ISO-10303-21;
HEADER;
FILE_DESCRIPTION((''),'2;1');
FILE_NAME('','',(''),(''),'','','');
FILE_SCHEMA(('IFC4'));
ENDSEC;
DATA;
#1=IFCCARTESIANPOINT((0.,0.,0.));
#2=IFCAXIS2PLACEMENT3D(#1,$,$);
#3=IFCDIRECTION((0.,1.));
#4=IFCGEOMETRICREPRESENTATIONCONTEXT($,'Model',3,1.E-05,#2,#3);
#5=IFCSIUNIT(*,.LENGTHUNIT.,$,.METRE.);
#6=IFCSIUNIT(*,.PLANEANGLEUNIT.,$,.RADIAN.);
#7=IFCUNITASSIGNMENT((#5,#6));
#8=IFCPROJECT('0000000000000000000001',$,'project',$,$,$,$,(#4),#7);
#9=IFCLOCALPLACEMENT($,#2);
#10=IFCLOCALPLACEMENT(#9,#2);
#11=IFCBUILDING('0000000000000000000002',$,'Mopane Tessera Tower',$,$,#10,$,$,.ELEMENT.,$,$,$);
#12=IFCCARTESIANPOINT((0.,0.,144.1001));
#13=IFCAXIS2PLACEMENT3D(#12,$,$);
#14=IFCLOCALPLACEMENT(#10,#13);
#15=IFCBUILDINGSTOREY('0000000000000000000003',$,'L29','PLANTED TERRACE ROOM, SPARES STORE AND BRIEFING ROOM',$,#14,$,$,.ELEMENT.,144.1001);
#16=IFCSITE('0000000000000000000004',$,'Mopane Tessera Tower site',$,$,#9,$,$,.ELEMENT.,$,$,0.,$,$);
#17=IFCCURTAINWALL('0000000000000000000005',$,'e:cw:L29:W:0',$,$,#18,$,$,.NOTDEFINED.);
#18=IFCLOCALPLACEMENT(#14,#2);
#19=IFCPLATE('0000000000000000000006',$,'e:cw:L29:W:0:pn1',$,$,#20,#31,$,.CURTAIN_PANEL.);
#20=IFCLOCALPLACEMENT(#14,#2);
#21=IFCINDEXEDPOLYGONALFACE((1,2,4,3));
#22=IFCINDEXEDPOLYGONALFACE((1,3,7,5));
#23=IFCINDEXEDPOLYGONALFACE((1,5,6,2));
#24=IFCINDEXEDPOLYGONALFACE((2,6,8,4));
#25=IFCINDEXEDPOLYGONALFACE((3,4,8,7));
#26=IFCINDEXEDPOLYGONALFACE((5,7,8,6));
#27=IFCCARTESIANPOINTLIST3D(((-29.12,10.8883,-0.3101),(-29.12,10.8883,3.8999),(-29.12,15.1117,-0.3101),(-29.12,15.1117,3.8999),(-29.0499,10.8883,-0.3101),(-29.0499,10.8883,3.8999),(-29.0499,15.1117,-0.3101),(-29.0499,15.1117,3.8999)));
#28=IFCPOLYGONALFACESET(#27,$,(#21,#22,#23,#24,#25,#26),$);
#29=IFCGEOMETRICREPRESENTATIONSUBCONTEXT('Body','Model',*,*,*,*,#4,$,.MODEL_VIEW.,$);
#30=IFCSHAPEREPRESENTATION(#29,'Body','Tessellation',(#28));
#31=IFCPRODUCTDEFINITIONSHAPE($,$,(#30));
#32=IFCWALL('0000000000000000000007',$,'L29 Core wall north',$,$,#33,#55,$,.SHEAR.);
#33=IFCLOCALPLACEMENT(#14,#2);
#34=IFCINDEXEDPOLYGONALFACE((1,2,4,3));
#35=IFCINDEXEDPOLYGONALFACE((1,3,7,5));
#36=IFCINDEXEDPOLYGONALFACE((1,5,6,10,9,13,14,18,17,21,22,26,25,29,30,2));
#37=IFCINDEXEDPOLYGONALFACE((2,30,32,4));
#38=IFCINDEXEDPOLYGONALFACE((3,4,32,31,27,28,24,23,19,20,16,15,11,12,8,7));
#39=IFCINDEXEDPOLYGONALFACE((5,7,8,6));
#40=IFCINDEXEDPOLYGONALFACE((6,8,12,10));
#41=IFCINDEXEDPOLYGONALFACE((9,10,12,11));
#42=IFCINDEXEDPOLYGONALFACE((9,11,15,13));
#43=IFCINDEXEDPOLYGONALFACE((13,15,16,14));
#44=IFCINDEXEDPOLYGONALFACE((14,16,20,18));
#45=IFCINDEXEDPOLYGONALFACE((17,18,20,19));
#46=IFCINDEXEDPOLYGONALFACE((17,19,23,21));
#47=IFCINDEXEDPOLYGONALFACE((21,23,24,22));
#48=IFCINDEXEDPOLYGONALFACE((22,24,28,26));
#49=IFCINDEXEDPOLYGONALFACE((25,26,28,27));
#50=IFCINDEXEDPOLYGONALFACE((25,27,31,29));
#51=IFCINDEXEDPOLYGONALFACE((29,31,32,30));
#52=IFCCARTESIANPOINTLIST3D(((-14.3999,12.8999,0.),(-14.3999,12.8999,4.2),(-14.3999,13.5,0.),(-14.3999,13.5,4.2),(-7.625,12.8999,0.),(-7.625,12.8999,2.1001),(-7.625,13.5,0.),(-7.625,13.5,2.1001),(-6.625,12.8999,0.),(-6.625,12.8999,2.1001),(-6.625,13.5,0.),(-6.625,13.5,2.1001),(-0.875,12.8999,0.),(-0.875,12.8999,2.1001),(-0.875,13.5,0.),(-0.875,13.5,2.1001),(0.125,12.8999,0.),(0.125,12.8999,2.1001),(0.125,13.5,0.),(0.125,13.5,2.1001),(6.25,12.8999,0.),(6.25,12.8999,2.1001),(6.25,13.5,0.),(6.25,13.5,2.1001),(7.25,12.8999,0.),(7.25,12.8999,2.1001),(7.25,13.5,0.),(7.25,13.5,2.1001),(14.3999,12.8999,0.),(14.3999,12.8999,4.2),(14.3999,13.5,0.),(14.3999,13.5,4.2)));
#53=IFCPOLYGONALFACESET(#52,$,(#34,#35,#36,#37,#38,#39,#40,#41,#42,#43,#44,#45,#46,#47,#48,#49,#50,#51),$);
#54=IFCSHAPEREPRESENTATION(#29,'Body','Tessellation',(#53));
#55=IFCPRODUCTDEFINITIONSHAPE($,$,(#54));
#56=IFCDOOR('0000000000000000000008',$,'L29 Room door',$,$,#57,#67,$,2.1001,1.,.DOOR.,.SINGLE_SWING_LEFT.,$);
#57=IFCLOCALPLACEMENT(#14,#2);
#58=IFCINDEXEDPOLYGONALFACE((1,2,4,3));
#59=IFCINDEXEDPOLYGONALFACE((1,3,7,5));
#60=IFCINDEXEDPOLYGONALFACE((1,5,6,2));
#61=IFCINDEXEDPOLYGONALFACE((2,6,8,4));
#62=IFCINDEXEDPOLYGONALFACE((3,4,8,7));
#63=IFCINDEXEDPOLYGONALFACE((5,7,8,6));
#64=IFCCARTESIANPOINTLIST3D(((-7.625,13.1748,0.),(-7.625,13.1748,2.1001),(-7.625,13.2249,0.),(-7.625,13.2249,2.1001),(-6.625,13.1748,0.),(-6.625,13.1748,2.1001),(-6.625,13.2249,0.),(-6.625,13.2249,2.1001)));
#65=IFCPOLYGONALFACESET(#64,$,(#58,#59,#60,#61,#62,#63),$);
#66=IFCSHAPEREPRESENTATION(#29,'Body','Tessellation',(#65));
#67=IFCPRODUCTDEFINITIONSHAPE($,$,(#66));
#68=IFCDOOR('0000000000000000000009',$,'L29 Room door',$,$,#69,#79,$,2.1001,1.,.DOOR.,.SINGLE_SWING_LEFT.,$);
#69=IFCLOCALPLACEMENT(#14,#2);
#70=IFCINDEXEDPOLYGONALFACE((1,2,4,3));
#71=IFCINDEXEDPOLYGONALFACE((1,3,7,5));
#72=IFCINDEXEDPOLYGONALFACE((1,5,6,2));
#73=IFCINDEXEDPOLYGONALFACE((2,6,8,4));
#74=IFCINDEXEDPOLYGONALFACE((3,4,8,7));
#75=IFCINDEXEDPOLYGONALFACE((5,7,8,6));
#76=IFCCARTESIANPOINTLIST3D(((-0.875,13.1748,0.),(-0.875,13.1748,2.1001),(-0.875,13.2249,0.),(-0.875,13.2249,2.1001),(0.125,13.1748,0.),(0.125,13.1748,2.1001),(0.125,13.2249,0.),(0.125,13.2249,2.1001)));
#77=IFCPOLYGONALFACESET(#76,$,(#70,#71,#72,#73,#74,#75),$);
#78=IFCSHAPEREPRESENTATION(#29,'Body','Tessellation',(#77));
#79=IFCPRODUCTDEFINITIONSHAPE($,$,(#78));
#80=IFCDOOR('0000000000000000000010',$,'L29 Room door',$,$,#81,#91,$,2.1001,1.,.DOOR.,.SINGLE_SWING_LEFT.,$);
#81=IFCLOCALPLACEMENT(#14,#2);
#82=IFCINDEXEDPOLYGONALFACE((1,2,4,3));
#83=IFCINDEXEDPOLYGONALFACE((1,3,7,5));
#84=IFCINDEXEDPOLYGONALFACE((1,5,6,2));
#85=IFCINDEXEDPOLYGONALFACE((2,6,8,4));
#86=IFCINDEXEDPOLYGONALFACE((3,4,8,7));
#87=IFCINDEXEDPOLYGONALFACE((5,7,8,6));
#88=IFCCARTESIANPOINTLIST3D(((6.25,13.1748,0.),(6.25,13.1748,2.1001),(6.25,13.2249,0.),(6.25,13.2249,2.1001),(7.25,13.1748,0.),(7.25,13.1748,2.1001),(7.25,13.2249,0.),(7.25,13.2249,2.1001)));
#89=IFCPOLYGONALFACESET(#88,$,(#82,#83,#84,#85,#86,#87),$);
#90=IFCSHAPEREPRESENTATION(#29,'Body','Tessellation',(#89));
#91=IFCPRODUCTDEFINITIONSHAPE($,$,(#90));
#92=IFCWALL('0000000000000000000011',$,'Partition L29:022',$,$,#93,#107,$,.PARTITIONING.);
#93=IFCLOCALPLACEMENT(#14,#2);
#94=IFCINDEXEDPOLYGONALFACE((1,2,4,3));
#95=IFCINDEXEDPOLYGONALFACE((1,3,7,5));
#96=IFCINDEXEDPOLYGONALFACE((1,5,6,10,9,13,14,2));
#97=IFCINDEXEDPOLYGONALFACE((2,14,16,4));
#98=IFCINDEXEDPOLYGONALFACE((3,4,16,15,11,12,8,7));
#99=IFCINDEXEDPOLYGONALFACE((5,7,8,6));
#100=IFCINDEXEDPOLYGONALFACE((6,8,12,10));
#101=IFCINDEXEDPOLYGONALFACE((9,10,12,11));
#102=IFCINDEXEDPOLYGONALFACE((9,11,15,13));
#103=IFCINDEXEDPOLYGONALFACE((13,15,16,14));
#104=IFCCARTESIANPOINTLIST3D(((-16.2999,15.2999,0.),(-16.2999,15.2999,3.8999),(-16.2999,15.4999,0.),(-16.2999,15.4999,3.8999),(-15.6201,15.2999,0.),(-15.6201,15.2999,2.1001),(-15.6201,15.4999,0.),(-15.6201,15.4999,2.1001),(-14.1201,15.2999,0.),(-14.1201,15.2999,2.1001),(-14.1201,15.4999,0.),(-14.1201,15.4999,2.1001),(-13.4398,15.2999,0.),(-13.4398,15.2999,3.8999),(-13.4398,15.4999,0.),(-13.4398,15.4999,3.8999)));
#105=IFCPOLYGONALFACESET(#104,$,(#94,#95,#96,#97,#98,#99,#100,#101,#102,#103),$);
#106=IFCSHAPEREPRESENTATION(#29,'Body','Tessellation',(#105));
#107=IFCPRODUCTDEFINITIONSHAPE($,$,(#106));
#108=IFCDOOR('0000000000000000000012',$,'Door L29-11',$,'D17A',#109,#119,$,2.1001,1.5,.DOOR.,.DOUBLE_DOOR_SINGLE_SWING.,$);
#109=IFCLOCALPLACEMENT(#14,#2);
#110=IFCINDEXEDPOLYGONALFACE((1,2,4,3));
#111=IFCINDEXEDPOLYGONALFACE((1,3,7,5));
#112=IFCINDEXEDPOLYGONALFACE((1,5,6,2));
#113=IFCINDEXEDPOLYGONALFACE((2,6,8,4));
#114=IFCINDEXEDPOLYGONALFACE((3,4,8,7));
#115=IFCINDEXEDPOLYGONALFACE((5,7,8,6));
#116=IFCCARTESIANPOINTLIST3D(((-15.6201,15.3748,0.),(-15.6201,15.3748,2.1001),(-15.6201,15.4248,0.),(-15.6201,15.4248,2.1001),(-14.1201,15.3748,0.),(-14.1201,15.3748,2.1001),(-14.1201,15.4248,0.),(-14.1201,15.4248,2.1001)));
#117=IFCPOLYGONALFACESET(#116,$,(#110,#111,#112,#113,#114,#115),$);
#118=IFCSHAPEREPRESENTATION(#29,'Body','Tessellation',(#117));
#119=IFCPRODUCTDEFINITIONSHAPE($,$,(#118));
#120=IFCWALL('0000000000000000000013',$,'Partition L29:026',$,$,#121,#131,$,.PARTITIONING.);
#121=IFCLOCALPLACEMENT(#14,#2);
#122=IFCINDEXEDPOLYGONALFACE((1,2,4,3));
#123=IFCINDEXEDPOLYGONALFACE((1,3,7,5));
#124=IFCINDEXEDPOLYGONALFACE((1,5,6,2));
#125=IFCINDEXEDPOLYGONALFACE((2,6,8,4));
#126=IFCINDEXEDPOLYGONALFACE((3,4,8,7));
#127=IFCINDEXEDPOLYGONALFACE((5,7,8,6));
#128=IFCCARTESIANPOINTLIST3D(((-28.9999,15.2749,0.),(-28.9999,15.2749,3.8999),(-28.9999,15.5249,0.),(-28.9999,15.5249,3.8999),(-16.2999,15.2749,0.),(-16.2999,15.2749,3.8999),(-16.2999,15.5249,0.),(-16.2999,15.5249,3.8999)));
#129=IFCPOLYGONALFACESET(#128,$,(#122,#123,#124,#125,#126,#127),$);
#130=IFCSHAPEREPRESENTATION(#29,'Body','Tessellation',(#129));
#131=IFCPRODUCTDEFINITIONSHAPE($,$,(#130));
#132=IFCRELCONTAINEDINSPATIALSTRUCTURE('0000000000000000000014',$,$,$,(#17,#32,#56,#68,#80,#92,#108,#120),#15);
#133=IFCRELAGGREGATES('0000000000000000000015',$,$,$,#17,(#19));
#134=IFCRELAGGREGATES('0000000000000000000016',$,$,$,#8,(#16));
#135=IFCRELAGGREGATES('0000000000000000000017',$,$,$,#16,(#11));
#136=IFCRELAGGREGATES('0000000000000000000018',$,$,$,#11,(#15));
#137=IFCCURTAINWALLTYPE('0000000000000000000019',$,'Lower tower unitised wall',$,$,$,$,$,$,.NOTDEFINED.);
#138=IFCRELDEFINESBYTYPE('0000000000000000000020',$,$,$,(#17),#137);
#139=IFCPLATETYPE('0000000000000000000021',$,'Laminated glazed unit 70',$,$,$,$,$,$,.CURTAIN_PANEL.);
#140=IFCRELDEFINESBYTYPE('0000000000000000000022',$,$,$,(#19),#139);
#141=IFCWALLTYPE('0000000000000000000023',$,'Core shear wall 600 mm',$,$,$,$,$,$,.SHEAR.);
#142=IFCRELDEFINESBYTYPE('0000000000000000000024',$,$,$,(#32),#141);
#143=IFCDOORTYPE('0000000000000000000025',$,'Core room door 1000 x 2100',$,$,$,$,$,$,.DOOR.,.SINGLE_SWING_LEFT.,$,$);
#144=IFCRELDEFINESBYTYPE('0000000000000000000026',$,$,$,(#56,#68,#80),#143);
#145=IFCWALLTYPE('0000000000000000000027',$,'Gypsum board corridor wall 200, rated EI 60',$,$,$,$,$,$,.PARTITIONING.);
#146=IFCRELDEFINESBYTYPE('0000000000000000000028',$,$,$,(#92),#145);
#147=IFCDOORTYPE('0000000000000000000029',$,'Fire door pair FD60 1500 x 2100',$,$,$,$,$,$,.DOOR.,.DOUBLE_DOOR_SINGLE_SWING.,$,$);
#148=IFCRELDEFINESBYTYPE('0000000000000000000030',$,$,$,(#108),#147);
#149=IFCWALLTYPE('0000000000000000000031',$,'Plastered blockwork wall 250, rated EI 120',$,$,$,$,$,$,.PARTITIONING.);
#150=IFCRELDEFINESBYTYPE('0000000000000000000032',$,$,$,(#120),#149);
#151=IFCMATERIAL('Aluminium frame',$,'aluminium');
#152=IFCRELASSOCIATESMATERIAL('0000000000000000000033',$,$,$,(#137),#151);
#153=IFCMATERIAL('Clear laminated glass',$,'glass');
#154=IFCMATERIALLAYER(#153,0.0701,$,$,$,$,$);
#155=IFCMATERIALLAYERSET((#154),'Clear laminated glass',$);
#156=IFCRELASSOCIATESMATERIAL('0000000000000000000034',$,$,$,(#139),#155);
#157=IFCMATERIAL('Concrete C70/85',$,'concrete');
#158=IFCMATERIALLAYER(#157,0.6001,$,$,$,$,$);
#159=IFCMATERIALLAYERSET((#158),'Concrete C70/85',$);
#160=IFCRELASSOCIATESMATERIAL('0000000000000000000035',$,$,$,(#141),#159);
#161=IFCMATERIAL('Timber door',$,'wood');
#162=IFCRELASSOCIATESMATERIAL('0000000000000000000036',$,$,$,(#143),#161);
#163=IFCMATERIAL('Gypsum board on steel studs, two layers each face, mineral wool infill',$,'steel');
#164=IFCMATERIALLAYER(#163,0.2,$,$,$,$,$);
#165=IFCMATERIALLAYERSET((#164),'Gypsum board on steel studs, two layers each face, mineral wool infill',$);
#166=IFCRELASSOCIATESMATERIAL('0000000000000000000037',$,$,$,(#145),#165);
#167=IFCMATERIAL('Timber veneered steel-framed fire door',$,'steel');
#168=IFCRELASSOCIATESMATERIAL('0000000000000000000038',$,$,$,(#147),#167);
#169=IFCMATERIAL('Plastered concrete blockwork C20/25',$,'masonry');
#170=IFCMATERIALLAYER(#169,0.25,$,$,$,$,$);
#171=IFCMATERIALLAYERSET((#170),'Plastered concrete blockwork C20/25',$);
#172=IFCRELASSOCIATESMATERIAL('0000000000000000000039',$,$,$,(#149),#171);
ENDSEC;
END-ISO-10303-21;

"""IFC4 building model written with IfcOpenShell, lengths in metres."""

from ifc_helpers import new_model, si_unit, direction, frame, frame_2d, origin, origin_2d, place, context, subcontext, project, spatial, rectangle, extrude, material, layer, layer_set, type_object, element, fill, aggregate, save


model = new_model("IFC4")

# Units and contexts
model_context = context("Model", 3, precision=1e-05, world=origin(), true_north=direction((0.0, 1.0)))
body_context = subcontext(model_context, "Body", "Model", "MODEL_VIEW")
ifc_project = project(units=[si_unit("LENGTHUNIT", "METRE"), si_unit("PLANEANGLEUNIT", "RADIAN")], contexts=[model_context])

# Site, building, storey
site_placement = place(None, origin())
site = spatial("IfcSite", under=ifc_project, at=site_placement, Name="Mopane Tessera Tower site", CompositionType="ELEMENT", RefElevation=0.0)
building_placement = place(site_placement, origin())
building = spatial("IfcBuilding", under=site, at=building_placement, Name="Mopane Tessera Tower", CompositionType="ELEMENT")
storey_placement = place(building_placement, frame((0.0, 0.0, 144.1001)))
storey = spatial("IfcBuildingStorey", under=building, at=storey_placement, Name="L29", Description="PLANTED TERRACE ROOM, SPARES STORE AND BRIEFING ROOM", CompositionType="ELEMENT", Elevation=144.1001)

# Curtain wall
ifc_material_1 = material(Name="Aluminium frame", Category="aluminium")
curtain_wall_type = type_object("IfcCurtainWallType", Name="Lower tower unitised wall", PredefinedType="NOTDEFINED", material=ifc_material_1)
curtain_wall_1_placement = place(storey_placement, origin())
curtain_wall_1 = element("IfcCurtainWall", 1, at=curtain_wall_1_placement, inside=storey, type_object=curtain_wall_type, Name="e:cw:L29:W:0", PredefinedType="NOTDEFINED")

# Plate
ifc_material_2 = material(Name="Clear laminated glass", Category="glass")
ifc_layer_1 = layer(ifc_material_2, 0.0701)
ifc_layer_set_1 = layer_set([ifc_layer_1], Name="Clear laminated glass")
plate_type = type_object("IfcPlateType", Name="Laminated glazed unit 70", PredefinedType="CURTAIN_PANEL", material=ifc_layer_set_1)
plate_1_placement = place(storey_placement, frame((-29.085, 13.0, -0.3101), z_axis=(0.0, 0.0, 1.0), x_axis=(0.0, -1.0, 0.0)))
plate_1 = element("IfcPlate", 2, at=plate_1_placement, type_object=plate_type, Name="e:cw:L29:W:0:pn1", PredefinedType="CURTAIN_PANEL", context=body_context, shape_type="SweptSolid", body=[
    extrude(rectangle(XDim=4.2234, YDim=0.0701, at=origin_2d()), origin(), (0.0, 0.0, 1.0), 4.21),
])
aggregate(curtain_wall_1, [plate_1])

# Wall, openings, doors
ifc_material_3 = material(Name="Concrete C70/85", Category="concrete")
ifc_layer_2 = layer(ifc_material_3, 0.6001)
ifc_layer_set_2 = layer_set([ifc_layer_2], Name="Concrete C70/85")
wall_type_1 = type_object("IfcWallType", Name="Core shear wall 600 mm", PredefinedType="SHEAR", material=ifc_layer_set_2)
wall_1_placement = place(storey_placement, frame((-14.3999, 13.2, 0.0), z_axis=(0.0, 0.0, 1.0), x_axis=(1.0, 0.0, 0.0)))
wall_1 = element("IfcWall", 3, at=wall_1_placement, inside=storey, type_object=wall_type_1, Name="L29 Core wall north", PredefinedType="SHEAR", context=body_context, shape_type="SweptSolid", body=[
    extrude(rectangle(XDim=28.7998, YDim=0.6001, at=frame_2d((14.3999, 0.0))), origin(), (0.0, 0.0, 1.0), 4.2),
])
opening_1_placement = place(wall_1_placement, frame((6.7749, 0.0, 0.0)))
opening_1 = element("IfcOpeningElement", 4, at=opening_1_placement, cuts=wall_1, PredefinedType="OPENING", context=body_context, shape_type="SweptSolid", body=[
    extrude(rectangle(XDim=1.0, YDim=2.1001, at=frame_2d((0.5, 1.05))), frame((0.0, 0.312, 0.0), z_axis=(0.0, -1.0, 0.0), x_axis=(1.0, 0.0, 0.0)), (0.0, 0.0, 1.0), 0.624),
])
opening_2_placement = place(wall_1_placement, frame((13.5249, 0.0, 0.0)))
opening_2 = element("IfcOpeningElement", 5, at=opening_2_placement, cuts=wall_1, PredefinedType="OPENING", context=body_context, shape_type="SweptSolid", body=[
    extrude(rectangle(XDim=1.0, YDim=2.1001, at=frame_2d((0.5, 1.05))), frame((0.0, 0.312, 0.0), z_axis=(0.0, -1.0, 0.0), x_axis=(1.0, 0.0, 0.0)), (0.0, 0.0, 1.0), 0.624),
])
opening_3_placement = place(wall_1_placement, frame((20.6499, 0.0, 0.0)))
opening_3 = element("IfcOpeningElement", 6, at=opening_3_placement, cuts=wall_1, PredefinedType="OPENING", context=body_context, shape_type="SweptSolid", body=[
    extrude(rectangle(XDim=1.0, YDim=2.1001, at=frame_2d((0.5, 1.05))), frame((0.0, 0.312, 0.0), z_axis=(0.0, -1.0, 0.0), x_axis=(1.0, 0.0, 0.0)), (0.0, 0.0, 1.0), 0.624),
])
ifc_material_4 = material(Name="Timber door", Category="wood")
door_type_1 = type_object("IfcDoorType", Name="Core room door 1000 x 2100", OperationType="SINGLE_SWING_LEFT", PredefinedType="DOOR", material=ifc_material_4)
door_1_placement = place(opening_1_placement, origin())
door_1 = element("IfcDoor", 7, at=door_1_placement, inside=storey, type_object=door_type_1, Name="L29 Room door", OperationType="SINGLE_SWING_LEFT", OverallHeight=2.1001, OverallWidth=1.0, PredefinedType="DOOR", context=body_context, shape_type="SweptSolid", body=[
    extrude(rectangle(XDim=1.0, YDim=2.1001, at=frame_2d((0.5, 1.05))), frame((0.0, 0.0249, 0.0), z_axis=(0.0, -1.0, 0.0), x_axis=(1.0, 0.0, 0.0)), (0.0, 0.0, 1.0), 0.05),
])
fill(opening_1, door_1)
door_2_placement = place(opening_2_placement, origin())
door_2 = element("IfcDoor", 8, at=door_2_placement, inside=storey, type_object=door_type_1, Name="L29 Room door", OperationType="SINGLE_SWING_LEFT", OverallHeight=2.1001, OverallWidth=1.0, PredefinedType="DOOR", context=body_context, shape_type="SweptSolid", body=[
    extrude(rectangle(XDim=1.0, YDim=2.1001, at=frame_2d((0.5, 1.05))), frame((0.0, 0.0249, 0.0), z_axis=(0.0, -1.0, 0.0), x_axis=(1.0, 0.0, 0.0)), (0.0, 0.0, 1.0), 0.05),
])
fill(opening_2, door_2)
door_3_placement = place(opening_3_placement, origin())
door_3 = element("IfcDoor", 9, at=door_3_placement, inside=storey, type_object=door_type_1, Name="L29 Room door", OperationType="SINGLE_SWING_LEFT", OverallHeight=2.1001, OverallWidth=1.0, PredefinedType="DOOR", context=body_context, shape_type="SweptSolid", body=[
    extrude(rectangle(XDim=1.0, YDim=2.1001, at=frame_2d((0.5, 1.05))), frame((0.0, 0.0249, 0.0), z_axis=(0.0, -1.0, 0.0), x_axis=(1.0, 0.0, 0.0)), (0.0, 0.0, 1.0), 0.05),
])
fill(opening_3, door_3)

# Wall, opening, door
ifc_material_5 = material(Name="Gypsum board on steel studs, two layers each face, mineral wool infill", Category="steel")
ifc_layer_3 = layer(ifc_material_5, 0.2)
ifc_layer_set_3 = layer_set([ifc_layer_3], Name="Gypsum board on steel studs, two layers each face, mineral wool infill")
wall_type_2 = type_object("IfcWallType", Name="Gypsum board corridor wall 200, rated EI 60", PredefinedType="PARTITIONING", material=ifc_layer_set_3)
wall_2_placement = place(storey_placement, frame((-16.3, 15.3999, 0.0), z_axis=(0.0, 0.0, 1.0), x_axis=(1.0, 0.0, 0.0)))
wall_2 = element("IfcWall", 10, at=wall_2_placement, inside=storey, type_object=wall_type_2, Name="Partition L29:022", PredefinedType="PARTITIONING", context=body_context, shape_type="SweptSolid", body=[
    extrude(rectangle(XDim=2.8601, YDim=0.2, at=frame_2d((1.4302, 0.0))), origin(), (0.0, 0.0, 1.0), 3.8999),
])
opening_4_placement = place(wall_2_placement, frame((0.6799, 0.0, 0.0)))
opening_4 = element("IfcOpeningElement", 11, at=opening_4_placement, cuts=wall_2, PredefinedType="OPENING", context=body_context, shape_type="SweptSolid", body=[
    extrude(rectangle(XDim=1.5, YDim=2.1001, at=frame_2d((0.75, 1.05))), frame((0.0, 0.1121, 0.0), z_axis=(0.0, -1.0, 0.0), x_axis=(1.0, 0.0, 0.0)), (0.0, 0.0, 1.0), 0.2239),
])
ifc_material_6 = material(Name="Timber veneered steel-framed fire door", Category="steel")
door_type_2 = type_object("IfcDoorType", Name="Fire door pair FD60 1500 x 2100", OperationType="DOUBLE_DOOR_SINGLE_SWING", PredefinedType="DOOR", material=ifc_material_6)
door_4_placement = place(opening_4_placement, origin())
door_4 = element("IfcDoor", 12, at=door_4_placement, inside=storey, type_object=door_type_2, Name="Door L29-11", ObjectType="D17A", OperationType="DOUBLE_DOOR_SINGLE_SWING", OverallHeight=2.1001, OverallWidth=1.5, PredefinedType="DOOR", context=body_context, shape_type="SweptSolid", body=[
    extrude(rectangle(XDim=1.5, YDim=2.1001, at=frame_2d((0.75, 1.05))), frame((0.0, 0.0249, 0.0), z_axis=(0.0, -1.0, 0.0), x_axis=(1.0, 0.0, 0.0)), (0.0, 0.0, 1.0), 0.05),
])
fill(opening_4, door_4)

# Wall
ifc_material_7 = material(Name="Plastered concrete blockwork C20/25", Category="masonry")
ifc_layer_4 = layer(ifc_material_7, 0.25)
ifc_layer_set_4 = layer_set([ifc_layer_4], Name="Plastered concrete blockwork C20/25")
wall_type_3 = type_object("IfcWallType", Name="Plastered blockwork wall 250, rated EI 120", PredefinedType="PARTITIONING", material=ifc_layer_set_4)
wall_3_placement = place(storey_placement, frame((-29.0, 15.3999, 0.0), z_axis=(0.0, 0.0, 1.0), x_axis=(1.0, 0.0, 0.0)))
element("IfcWall", 13, at=wall_3_placement, inside=storey, type_object=wall_type_3, Name="Partition L29:026", PredefinedType="PARTITIONING", context=body_context, shape_type="SweptSolid", body=[
    extrude(rectangle(XDim=12.7, YDim=0.25, at=frame_2d((6.3501, 0.0))), origin(), (0.0, 0.0, 1.0), 3.8999),
])

save(model, "model.ifc")
